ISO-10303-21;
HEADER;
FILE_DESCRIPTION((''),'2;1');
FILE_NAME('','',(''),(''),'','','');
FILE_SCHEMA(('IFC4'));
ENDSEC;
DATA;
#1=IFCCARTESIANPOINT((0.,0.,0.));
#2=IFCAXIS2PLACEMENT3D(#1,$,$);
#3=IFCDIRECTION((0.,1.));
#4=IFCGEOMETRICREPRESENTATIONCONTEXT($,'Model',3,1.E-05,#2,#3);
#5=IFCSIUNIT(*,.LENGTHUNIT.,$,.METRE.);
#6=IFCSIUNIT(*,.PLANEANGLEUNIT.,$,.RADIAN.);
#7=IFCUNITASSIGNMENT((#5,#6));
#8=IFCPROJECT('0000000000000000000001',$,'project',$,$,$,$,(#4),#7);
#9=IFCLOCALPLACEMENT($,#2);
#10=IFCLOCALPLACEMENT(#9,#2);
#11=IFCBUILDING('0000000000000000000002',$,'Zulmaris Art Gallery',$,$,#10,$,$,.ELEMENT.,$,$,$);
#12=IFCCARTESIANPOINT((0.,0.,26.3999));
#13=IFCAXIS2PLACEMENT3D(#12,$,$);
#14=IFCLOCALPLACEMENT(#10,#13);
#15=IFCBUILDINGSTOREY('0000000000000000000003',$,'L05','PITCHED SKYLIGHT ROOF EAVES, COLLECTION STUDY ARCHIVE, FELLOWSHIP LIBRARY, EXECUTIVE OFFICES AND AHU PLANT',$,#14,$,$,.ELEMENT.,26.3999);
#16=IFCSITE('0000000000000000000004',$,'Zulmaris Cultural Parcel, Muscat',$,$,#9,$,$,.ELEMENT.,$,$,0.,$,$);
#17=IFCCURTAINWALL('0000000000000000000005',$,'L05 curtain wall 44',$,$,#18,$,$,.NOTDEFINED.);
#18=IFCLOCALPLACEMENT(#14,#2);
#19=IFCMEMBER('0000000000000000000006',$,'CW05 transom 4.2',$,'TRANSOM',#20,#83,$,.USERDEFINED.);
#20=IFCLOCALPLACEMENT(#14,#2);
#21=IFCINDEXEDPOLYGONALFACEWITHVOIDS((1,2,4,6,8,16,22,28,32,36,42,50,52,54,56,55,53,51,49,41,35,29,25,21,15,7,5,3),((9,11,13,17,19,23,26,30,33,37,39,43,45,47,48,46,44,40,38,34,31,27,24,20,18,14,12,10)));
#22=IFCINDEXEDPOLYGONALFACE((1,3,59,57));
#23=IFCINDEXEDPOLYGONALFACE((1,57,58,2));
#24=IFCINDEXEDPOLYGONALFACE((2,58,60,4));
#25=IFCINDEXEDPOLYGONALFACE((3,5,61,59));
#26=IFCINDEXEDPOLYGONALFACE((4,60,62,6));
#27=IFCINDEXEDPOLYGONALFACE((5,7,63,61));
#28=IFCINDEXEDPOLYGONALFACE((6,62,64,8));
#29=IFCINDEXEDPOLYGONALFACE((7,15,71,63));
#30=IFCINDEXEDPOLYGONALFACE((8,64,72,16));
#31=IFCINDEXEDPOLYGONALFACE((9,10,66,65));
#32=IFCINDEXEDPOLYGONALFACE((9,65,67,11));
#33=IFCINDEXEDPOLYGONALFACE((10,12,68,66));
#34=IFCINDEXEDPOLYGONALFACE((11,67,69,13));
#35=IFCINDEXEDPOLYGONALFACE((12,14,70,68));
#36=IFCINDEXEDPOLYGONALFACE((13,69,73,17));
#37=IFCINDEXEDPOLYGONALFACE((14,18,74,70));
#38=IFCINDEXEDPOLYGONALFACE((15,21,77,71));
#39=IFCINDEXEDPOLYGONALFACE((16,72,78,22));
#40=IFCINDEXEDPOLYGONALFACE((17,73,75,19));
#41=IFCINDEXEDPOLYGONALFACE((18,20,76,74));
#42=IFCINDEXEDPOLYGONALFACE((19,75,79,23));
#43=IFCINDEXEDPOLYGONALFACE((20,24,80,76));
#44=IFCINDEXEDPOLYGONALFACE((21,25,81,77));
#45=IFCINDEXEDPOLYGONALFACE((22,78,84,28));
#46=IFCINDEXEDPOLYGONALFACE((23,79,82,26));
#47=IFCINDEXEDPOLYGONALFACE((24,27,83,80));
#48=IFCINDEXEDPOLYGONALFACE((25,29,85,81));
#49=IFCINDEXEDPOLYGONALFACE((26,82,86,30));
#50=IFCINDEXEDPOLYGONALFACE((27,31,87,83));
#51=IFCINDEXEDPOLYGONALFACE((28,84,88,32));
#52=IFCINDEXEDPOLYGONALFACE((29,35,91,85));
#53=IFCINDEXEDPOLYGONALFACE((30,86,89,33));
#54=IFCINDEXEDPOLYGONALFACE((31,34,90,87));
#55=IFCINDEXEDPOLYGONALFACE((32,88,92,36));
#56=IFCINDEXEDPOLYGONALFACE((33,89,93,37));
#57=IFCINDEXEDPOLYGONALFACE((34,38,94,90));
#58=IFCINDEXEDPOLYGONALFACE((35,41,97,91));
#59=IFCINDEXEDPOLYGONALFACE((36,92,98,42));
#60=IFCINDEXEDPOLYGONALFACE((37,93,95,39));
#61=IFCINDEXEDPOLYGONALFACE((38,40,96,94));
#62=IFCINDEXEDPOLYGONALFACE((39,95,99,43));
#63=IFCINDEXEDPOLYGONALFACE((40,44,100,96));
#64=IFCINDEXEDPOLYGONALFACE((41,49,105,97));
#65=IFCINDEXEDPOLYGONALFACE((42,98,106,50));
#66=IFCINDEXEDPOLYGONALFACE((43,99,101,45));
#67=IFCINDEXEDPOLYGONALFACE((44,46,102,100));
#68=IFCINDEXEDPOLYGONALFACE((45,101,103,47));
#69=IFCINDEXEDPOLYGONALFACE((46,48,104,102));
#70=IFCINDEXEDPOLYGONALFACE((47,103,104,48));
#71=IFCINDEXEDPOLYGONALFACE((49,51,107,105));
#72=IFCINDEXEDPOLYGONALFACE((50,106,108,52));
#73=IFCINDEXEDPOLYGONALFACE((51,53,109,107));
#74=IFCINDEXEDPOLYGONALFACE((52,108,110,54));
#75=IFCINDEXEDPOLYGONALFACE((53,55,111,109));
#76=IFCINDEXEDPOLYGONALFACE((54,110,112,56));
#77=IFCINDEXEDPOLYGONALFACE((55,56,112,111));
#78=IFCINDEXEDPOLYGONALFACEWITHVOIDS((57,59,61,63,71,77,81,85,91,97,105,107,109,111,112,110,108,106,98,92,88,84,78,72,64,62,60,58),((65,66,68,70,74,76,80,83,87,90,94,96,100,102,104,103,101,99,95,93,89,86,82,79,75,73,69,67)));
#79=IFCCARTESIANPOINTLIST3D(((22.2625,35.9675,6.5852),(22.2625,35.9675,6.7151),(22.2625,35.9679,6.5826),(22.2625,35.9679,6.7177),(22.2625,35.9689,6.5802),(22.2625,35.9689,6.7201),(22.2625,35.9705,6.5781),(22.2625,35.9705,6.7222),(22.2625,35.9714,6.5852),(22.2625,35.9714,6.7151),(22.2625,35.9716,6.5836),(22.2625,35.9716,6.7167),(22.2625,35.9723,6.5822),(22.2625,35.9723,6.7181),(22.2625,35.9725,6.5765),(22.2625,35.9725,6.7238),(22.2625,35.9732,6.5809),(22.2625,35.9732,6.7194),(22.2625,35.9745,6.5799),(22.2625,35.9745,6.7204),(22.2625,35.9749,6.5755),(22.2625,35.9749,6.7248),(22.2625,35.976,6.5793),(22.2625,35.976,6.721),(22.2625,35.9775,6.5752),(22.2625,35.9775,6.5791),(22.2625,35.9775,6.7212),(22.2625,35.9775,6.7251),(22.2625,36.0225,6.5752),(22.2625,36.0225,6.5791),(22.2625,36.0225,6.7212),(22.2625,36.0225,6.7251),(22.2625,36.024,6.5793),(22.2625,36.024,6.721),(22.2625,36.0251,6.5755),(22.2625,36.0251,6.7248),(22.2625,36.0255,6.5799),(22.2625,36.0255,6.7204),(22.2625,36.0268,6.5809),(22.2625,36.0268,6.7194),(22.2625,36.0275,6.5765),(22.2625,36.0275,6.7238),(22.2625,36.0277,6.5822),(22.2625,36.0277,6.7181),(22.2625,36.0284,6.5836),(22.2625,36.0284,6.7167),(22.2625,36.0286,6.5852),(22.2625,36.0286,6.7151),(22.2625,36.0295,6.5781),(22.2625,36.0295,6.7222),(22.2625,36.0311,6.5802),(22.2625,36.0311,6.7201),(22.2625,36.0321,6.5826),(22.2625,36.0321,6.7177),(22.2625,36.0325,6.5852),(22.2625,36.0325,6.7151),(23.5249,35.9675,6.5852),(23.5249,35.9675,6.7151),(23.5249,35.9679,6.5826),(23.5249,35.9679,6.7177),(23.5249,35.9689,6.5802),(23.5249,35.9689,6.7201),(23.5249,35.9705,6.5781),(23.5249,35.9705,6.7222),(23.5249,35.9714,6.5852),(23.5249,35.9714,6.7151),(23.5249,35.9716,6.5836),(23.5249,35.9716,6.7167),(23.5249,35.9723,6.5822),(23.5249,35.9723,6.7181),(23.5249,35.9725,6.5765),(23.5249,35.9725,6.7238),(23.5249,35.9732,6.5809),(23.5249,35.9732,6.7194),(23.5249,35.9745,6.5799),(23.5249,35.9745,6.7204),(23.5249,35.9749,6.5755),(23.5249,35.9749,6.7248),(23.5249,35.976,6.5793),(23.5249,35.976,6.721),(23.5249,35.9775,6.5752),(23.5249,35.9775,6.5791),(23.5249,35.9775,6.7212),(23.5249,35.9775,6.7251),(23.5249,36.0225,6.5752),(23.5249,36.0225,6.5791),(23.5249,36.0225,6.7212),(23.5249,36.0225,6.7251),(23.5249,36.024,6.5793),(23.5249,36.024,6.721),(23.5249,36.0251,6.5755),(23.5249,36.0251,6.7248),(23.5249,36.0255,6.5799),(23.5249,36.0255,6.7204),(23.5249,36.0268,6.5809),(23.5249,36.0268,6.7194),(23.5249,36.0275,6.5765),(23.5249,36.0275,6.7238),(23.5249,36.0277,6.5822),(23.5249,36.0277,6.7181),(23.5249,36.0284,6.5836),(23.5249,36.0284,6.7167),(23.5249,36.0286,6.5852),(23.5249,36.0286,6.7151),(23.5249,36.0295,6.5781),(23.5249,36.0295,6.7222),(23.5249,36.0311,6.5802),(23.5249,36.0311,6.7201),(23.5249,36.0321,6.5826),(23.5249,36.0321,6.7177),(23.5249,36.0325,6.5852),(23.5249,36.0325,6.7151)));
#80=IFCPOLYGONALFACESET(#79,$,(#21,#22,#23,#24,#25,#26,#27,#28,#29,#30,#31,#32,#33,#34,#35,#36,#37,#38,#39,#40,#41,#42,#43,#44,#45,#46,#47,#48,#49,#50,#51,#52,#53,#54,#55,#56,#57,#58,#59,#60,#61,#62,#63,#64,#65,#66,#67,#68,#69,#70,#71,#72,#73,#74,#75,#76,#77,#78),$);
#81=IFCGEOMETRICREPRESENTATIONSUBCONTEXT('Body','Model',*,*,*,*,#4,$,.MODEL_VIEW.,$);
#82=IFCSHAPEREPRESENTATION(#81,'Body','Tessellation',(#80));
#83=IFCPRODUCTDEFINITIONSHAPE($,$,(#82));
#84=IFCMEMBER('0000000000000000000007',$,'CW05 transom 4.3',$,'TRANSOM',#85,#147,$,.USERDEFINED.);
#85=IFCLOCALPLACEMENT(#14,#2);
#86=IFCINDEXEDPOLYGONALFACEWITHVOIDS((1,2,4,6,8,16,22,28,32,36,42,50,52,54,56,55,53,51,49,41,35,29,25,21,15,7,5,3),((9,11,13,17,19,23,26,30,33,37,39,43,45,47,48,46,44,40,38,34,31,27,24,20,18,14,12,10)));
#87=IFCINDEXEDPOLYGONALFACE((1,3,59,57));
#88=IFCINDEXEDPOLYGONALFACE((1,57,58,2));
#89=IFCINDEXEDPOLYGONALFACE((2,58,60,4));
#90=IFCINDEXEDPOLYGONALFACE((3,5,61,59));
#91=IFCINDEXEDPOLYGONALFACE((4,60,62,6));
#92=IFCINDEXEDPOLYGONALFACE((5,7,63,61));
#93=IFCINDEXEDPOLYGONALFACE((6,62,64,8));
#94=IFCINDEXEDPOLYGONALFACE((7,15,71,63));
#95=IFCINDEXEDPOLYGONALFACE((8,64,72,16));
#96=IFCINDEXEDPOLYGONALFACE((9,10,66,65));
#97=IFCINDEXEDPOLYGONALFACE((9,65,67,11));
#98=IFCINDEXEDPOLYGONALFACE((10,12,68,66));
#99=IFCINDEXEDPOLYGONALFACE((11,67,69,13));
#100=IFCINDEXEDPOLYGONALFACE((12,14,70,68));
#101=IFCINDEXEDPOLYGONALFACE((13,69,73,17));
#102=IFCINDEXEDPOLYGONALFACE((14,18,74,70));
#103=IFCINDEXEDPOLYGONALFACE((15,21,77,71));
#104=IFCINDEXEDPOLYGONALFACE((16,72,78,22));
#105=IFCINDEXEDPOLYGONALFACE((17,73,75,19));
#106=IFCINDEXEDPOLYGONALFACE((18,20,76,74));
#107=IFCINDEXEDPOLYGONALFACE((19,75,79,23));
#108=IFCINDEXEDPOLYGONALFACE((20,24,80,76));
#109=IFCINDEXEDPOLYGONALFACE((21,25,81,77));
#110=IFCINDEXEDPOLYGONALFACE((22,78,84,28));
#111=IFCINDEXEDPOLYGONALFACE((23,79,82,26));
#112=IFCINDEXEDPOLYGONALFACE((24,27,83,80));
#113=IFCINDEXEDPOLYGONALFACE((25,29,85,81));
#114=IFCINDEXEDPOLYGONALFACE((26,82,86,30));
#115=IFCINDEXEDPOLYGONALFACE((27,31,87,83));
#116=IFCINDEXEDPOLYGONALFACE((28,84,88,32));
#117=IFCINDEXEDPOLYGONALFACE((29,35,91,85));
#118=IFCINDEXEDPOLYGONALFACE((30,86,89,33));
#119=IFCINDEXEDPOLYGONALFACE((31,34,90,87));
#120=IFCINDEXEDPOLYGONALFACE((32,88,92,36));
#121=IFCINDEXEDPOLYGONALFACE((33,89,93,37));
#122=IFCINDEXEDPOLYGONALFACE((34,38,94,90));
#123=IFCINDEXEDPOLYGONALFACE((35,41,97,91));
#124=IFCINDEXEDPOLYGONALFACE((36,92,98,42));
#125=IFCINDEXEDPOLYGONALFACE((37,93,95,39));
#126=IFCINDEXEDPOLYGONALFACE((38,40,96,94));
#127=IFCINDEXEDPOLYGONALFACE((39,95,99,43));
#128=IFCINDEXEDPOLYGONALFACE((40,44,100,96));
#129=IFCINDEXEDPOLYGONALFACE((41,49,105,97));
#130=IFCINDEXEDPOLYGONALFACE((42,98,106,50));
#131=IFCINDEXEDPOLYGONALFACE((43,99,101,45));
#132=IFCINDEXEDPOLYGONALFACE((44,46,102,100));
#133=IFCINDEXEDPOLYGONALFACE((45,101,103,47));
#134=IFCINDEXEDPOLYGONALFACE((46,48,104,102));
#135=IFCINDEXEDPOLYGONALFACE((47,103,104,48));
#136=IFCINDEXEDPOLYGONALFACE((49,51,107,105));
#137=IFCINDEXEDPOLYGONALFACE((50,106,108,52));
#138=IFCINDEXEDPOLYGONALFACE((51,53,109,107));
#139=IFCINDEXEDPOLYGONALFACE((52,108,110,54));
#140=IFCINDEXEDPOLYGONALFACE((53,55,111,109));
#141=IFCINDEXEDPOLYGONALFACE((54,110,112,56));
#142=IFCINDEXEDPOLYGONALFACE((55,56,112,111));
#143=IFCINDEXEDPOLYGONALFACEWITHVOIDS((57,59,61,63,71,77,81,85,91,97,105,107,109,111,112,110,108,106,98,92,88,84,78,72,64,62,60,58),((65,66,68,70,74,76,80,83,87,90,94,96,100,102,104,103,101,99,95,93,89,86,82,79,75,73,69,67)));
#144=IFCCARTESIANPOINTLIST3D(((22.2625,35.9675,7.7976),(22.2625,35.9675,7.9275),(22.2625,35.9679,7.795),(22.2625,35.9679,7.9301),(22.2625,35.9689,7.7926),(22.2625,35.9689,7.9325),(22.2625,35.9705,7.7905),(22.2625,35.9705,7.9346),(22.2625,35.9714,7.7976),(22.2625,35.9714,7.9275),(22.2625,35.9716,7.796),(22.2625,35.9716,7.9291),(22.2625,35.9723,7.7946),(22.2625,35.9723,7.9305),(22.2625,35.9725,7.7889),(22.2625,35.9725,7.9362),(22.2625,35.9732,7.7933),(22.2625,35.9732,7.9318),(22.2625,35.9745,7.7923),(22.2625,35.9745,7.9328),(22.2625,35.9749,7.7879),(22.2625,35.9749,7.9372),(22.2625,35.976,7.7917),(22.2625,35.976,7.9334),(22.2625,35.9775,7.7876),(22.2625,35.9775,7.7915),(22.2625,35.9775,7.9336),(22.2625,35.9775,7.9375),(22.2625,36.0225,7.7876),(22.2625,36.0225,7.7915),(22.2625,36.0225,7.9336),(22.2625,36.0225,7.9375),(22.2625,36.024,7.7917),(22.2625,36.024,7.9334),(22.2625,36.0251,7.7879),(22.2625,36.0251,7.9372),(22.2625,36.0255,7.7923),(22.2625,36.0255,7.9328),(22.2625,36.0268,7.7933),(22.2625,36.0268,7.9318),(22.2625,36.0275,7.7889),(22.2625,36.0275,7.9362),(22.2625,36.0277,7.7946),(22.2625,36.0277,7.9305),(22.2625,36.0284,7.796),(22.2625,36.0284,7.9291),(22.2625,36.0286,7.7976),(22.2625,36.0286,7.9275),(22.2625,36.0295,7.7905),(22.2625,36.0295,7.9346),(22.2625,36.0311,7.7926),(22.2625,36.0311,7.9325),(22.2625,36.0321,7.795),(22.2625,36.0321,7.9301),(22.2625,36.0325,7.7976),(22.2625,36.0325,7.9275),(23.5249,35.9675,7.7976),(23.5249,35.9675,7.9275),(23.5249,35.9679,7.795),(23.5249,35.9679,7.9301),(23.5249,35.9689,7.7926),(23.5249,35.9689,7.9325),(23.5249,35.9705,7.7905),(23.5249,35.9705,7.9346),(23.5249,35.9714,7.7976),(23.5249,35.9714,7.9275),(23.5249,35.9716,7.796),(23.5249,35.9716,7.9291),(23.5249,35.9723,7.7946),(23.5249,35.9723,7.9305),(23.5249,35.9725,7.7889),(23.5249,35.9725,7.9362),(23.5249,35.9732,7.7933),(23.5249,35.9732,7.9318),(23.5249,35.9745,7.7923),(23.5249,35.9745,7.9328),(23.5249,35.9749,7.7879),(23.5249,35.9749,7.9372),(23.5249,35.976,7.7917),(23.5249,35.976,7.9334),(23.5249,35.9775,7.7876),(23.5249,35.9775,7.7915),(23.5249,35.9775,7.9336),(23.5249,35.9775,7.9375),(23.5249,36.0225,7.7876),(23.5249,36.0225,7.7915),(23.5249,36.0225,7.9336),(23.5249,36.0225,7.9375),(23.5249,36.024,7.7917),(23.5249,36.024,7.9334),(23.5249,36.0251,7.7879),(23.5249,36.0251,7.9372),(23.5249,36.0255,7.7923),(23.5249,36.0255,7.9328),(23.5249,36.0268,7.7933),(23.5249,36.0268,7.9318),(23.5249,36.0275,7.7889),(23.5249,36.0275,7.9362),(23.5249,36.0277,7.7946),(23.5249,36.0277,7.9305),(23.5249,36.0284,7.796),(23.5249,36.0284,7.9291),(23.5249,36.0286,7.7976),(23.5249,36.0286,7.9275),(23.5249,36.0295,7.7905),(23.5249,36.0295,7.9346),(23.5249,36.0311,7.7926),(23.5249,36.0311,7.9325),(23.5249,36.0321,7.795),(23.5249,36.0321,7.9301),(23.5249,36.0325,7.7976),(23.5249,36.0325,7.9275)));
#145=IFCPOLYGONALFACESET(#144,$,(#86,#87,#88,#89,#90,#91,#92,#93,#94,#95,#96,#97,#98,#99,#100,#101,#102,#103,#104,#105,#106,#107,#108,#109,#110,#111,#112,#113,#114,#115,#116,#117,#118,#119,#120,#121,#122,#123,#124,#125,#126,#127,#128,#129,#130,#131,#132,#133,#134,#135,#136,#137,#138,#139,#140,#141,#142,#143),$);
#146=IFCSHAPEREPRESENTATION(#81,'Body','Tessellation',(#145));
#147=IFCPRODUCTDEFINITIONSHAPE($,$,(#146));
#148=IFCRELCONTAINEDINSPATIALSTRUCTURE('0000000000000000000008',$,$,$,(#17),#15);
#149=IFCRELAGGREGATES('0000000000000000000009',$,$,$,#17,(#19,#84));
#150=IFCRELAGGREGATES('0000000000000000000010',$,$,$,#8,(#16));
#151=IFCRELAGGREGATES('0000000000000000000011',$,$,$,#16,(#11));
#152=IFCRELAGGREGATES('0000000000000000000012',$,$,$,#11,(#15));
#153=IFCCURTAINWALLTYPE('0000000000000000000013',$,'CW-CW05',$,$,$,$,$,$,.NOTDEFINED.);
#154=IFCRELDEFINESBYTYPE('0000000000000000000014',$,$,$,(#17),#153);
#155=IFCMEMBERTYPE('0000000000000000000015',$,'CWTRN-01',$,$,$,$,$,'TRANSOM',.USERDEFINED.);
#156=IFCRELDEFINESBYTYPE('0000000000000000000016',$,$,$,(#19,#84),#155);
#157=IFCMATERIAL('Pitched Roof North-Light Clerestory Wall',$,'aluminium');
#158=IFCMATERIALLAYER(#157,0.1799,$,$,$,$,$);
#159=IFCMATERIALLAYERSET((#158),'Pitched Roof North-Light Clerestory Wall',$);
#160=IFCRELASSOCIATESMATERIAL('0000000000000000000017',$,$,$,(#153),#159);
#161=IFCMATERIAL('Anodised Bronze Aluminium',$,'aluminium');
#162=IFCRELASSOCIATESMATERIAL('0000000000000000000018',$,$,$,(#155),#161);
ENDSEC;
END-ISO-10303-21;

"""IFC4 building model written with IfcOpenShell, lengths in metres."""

from ifc_helpers import new_model, si_unit, direction, frame, origin, origin_2d, place, context, subcontext, project, spatial, hollow_rectangle, extrude, material, layer, layer_set, material_profile, profile_set, type_object, element, aggregate, save


model = new_model("IFC4")

# Units and contexts
model_context = context("Model", 3, precision=1e-05, world=origin(), true_north=direction((0.0, 1.0)))
body_context = subcontext(model_context, "Body", "Model", "MODEL_VIEW")
ifc_project = project(units=[si_unit("LENGTHUNIT", "METRE"), si_unit("PLANEANGLEUNIT", "RADIAN")], contexts=[model_context])

# Site, building, storey
site_placement = place(None, origin())
site = spatial("IfcSite", under=ifc_project, at=site_placement, Name="Zulmaris Cultural Parcel, Muscat", CompositionType="ELEMENT", RefElevation=0.0)
building_placement = place(site_placement, origin())
building = spatial("IfcBuilding", under=site, at=building_placement, Name="Zulmaris Art Gallery", CompositionType="ELEMENT")
storey_placement = place(building_placement, frame((0.0, 0.0, 26.3999)))
storey = spatial("IfcBuildingStorey", under=building, at=storey_placement, Name="L05", Description="PITCHED SKYLIGHT ROOF EAVES, COLLECTION STUDY ARCHIVE, FELLOWSHIP LIBRARY, EXECUTIVE OFFICES AND AHU PLANT", CompositionType="ELEMENT", Elevation=26.3999)

# Curtain wall
ifc_material_1 = material(Name="Pitched Roof North-Light Clerestory Wall", Category="aluminium")
ifc_layer_1 = layer(ifc_material_1, 0.1799)
ifc_layer_set_1 = layer_set([ifc_layer_1], Name="Pitched Roof North-Light Clerestory Wall")
curtain_wall_type = type_object("IfcCurtainWallType", Name="CW-CW05", PredefinedType="NOTDEFINED", material=ifc_layer_set_1)
curtain_wall_1_placement = place(storey_placement, origin())
curtain_wall_1 = element("IfcCurtainWall", 1, at=curtain_wall_1_placement, inside=storey, type_object=curtain_wall_type, Name="L05 curtain wall 44", PredefinedType="NOTDEFINED")
ifc_material_2 = material(Name="Anodised Bronze Aluminium", Category="aluminium")

# Members
ifc_material_profile_1 = material_profile(ifc_material_2, hollow_rectangle(XDim=0.0649, YDim=0.1499, WallThickness=0.0039, InnerFilletRadius=0.0061, OuterFilletRadius=0.01, at=origin_2d()), Name="ALU 65x150x4")
ifc_profile_set_1 = profile_set([ifc_material_profile_1], Name="Anodised Bronze Aluminium")
member_type_1 = type_object("IfcMemberType", Name="CWTRN-01", ElementType="TRANSOM", PredefinedType="USERDEFINED", material=ifc_profile_set_1)
member_1_placement = place(storey_placement, frame((22.2625, 36.0, 6.6501), z_axis=(1.0, 0.0, 0.0), x_axis=(0.0, 1.0, 0.0)))
member_1 = element("IfcMember", 2, at=member_1_placement, type_object=member_type_1, Name="CW05 transom 4.2", ObjectType="TRANSOM", PredefinedType="USERDEFINED", context=body_context, shape_type="SweptSolid", body=[
    extrude(hollow_rectangle(XDim=0.0649, YDim=0.1499, WallThickness=0.0039, InnerFilletRadius=0.0061, OuterFilletRadius=0.01, at=origin_2d()), origin(), (0.0, 0.0, 1.0), 1.2625),
])
member_2_placement = place(storey_placement, frame((22.2625, 36.0, 7.8625), z_axis=(1.0, 0.0, 0.0), x_axis=(0.0, 1.0, 0.0)))
member_2 = element("IfcMember", 3, at=member_2_placement, type_object=member_type_1, Name="CW05 transom 4.3", ObjectType="TRANSOM", PredefinedType="USERDEFINED", context=body_context, shape_type="SweptSolid", body=[
    extrude(hollow_rectangle(XDim=0.0649, YDim=0.1499, WallThickness=0.0039, InnerFilletRadius=0.0061, OuterFilletRadius=0.01, at=origin_2d()), origin(), (0.0, 0.0, 1.0), 1.2625),
])

aggregate(curtain_wall_1, [member_1, member_2])

save(model, "model.ifc")
